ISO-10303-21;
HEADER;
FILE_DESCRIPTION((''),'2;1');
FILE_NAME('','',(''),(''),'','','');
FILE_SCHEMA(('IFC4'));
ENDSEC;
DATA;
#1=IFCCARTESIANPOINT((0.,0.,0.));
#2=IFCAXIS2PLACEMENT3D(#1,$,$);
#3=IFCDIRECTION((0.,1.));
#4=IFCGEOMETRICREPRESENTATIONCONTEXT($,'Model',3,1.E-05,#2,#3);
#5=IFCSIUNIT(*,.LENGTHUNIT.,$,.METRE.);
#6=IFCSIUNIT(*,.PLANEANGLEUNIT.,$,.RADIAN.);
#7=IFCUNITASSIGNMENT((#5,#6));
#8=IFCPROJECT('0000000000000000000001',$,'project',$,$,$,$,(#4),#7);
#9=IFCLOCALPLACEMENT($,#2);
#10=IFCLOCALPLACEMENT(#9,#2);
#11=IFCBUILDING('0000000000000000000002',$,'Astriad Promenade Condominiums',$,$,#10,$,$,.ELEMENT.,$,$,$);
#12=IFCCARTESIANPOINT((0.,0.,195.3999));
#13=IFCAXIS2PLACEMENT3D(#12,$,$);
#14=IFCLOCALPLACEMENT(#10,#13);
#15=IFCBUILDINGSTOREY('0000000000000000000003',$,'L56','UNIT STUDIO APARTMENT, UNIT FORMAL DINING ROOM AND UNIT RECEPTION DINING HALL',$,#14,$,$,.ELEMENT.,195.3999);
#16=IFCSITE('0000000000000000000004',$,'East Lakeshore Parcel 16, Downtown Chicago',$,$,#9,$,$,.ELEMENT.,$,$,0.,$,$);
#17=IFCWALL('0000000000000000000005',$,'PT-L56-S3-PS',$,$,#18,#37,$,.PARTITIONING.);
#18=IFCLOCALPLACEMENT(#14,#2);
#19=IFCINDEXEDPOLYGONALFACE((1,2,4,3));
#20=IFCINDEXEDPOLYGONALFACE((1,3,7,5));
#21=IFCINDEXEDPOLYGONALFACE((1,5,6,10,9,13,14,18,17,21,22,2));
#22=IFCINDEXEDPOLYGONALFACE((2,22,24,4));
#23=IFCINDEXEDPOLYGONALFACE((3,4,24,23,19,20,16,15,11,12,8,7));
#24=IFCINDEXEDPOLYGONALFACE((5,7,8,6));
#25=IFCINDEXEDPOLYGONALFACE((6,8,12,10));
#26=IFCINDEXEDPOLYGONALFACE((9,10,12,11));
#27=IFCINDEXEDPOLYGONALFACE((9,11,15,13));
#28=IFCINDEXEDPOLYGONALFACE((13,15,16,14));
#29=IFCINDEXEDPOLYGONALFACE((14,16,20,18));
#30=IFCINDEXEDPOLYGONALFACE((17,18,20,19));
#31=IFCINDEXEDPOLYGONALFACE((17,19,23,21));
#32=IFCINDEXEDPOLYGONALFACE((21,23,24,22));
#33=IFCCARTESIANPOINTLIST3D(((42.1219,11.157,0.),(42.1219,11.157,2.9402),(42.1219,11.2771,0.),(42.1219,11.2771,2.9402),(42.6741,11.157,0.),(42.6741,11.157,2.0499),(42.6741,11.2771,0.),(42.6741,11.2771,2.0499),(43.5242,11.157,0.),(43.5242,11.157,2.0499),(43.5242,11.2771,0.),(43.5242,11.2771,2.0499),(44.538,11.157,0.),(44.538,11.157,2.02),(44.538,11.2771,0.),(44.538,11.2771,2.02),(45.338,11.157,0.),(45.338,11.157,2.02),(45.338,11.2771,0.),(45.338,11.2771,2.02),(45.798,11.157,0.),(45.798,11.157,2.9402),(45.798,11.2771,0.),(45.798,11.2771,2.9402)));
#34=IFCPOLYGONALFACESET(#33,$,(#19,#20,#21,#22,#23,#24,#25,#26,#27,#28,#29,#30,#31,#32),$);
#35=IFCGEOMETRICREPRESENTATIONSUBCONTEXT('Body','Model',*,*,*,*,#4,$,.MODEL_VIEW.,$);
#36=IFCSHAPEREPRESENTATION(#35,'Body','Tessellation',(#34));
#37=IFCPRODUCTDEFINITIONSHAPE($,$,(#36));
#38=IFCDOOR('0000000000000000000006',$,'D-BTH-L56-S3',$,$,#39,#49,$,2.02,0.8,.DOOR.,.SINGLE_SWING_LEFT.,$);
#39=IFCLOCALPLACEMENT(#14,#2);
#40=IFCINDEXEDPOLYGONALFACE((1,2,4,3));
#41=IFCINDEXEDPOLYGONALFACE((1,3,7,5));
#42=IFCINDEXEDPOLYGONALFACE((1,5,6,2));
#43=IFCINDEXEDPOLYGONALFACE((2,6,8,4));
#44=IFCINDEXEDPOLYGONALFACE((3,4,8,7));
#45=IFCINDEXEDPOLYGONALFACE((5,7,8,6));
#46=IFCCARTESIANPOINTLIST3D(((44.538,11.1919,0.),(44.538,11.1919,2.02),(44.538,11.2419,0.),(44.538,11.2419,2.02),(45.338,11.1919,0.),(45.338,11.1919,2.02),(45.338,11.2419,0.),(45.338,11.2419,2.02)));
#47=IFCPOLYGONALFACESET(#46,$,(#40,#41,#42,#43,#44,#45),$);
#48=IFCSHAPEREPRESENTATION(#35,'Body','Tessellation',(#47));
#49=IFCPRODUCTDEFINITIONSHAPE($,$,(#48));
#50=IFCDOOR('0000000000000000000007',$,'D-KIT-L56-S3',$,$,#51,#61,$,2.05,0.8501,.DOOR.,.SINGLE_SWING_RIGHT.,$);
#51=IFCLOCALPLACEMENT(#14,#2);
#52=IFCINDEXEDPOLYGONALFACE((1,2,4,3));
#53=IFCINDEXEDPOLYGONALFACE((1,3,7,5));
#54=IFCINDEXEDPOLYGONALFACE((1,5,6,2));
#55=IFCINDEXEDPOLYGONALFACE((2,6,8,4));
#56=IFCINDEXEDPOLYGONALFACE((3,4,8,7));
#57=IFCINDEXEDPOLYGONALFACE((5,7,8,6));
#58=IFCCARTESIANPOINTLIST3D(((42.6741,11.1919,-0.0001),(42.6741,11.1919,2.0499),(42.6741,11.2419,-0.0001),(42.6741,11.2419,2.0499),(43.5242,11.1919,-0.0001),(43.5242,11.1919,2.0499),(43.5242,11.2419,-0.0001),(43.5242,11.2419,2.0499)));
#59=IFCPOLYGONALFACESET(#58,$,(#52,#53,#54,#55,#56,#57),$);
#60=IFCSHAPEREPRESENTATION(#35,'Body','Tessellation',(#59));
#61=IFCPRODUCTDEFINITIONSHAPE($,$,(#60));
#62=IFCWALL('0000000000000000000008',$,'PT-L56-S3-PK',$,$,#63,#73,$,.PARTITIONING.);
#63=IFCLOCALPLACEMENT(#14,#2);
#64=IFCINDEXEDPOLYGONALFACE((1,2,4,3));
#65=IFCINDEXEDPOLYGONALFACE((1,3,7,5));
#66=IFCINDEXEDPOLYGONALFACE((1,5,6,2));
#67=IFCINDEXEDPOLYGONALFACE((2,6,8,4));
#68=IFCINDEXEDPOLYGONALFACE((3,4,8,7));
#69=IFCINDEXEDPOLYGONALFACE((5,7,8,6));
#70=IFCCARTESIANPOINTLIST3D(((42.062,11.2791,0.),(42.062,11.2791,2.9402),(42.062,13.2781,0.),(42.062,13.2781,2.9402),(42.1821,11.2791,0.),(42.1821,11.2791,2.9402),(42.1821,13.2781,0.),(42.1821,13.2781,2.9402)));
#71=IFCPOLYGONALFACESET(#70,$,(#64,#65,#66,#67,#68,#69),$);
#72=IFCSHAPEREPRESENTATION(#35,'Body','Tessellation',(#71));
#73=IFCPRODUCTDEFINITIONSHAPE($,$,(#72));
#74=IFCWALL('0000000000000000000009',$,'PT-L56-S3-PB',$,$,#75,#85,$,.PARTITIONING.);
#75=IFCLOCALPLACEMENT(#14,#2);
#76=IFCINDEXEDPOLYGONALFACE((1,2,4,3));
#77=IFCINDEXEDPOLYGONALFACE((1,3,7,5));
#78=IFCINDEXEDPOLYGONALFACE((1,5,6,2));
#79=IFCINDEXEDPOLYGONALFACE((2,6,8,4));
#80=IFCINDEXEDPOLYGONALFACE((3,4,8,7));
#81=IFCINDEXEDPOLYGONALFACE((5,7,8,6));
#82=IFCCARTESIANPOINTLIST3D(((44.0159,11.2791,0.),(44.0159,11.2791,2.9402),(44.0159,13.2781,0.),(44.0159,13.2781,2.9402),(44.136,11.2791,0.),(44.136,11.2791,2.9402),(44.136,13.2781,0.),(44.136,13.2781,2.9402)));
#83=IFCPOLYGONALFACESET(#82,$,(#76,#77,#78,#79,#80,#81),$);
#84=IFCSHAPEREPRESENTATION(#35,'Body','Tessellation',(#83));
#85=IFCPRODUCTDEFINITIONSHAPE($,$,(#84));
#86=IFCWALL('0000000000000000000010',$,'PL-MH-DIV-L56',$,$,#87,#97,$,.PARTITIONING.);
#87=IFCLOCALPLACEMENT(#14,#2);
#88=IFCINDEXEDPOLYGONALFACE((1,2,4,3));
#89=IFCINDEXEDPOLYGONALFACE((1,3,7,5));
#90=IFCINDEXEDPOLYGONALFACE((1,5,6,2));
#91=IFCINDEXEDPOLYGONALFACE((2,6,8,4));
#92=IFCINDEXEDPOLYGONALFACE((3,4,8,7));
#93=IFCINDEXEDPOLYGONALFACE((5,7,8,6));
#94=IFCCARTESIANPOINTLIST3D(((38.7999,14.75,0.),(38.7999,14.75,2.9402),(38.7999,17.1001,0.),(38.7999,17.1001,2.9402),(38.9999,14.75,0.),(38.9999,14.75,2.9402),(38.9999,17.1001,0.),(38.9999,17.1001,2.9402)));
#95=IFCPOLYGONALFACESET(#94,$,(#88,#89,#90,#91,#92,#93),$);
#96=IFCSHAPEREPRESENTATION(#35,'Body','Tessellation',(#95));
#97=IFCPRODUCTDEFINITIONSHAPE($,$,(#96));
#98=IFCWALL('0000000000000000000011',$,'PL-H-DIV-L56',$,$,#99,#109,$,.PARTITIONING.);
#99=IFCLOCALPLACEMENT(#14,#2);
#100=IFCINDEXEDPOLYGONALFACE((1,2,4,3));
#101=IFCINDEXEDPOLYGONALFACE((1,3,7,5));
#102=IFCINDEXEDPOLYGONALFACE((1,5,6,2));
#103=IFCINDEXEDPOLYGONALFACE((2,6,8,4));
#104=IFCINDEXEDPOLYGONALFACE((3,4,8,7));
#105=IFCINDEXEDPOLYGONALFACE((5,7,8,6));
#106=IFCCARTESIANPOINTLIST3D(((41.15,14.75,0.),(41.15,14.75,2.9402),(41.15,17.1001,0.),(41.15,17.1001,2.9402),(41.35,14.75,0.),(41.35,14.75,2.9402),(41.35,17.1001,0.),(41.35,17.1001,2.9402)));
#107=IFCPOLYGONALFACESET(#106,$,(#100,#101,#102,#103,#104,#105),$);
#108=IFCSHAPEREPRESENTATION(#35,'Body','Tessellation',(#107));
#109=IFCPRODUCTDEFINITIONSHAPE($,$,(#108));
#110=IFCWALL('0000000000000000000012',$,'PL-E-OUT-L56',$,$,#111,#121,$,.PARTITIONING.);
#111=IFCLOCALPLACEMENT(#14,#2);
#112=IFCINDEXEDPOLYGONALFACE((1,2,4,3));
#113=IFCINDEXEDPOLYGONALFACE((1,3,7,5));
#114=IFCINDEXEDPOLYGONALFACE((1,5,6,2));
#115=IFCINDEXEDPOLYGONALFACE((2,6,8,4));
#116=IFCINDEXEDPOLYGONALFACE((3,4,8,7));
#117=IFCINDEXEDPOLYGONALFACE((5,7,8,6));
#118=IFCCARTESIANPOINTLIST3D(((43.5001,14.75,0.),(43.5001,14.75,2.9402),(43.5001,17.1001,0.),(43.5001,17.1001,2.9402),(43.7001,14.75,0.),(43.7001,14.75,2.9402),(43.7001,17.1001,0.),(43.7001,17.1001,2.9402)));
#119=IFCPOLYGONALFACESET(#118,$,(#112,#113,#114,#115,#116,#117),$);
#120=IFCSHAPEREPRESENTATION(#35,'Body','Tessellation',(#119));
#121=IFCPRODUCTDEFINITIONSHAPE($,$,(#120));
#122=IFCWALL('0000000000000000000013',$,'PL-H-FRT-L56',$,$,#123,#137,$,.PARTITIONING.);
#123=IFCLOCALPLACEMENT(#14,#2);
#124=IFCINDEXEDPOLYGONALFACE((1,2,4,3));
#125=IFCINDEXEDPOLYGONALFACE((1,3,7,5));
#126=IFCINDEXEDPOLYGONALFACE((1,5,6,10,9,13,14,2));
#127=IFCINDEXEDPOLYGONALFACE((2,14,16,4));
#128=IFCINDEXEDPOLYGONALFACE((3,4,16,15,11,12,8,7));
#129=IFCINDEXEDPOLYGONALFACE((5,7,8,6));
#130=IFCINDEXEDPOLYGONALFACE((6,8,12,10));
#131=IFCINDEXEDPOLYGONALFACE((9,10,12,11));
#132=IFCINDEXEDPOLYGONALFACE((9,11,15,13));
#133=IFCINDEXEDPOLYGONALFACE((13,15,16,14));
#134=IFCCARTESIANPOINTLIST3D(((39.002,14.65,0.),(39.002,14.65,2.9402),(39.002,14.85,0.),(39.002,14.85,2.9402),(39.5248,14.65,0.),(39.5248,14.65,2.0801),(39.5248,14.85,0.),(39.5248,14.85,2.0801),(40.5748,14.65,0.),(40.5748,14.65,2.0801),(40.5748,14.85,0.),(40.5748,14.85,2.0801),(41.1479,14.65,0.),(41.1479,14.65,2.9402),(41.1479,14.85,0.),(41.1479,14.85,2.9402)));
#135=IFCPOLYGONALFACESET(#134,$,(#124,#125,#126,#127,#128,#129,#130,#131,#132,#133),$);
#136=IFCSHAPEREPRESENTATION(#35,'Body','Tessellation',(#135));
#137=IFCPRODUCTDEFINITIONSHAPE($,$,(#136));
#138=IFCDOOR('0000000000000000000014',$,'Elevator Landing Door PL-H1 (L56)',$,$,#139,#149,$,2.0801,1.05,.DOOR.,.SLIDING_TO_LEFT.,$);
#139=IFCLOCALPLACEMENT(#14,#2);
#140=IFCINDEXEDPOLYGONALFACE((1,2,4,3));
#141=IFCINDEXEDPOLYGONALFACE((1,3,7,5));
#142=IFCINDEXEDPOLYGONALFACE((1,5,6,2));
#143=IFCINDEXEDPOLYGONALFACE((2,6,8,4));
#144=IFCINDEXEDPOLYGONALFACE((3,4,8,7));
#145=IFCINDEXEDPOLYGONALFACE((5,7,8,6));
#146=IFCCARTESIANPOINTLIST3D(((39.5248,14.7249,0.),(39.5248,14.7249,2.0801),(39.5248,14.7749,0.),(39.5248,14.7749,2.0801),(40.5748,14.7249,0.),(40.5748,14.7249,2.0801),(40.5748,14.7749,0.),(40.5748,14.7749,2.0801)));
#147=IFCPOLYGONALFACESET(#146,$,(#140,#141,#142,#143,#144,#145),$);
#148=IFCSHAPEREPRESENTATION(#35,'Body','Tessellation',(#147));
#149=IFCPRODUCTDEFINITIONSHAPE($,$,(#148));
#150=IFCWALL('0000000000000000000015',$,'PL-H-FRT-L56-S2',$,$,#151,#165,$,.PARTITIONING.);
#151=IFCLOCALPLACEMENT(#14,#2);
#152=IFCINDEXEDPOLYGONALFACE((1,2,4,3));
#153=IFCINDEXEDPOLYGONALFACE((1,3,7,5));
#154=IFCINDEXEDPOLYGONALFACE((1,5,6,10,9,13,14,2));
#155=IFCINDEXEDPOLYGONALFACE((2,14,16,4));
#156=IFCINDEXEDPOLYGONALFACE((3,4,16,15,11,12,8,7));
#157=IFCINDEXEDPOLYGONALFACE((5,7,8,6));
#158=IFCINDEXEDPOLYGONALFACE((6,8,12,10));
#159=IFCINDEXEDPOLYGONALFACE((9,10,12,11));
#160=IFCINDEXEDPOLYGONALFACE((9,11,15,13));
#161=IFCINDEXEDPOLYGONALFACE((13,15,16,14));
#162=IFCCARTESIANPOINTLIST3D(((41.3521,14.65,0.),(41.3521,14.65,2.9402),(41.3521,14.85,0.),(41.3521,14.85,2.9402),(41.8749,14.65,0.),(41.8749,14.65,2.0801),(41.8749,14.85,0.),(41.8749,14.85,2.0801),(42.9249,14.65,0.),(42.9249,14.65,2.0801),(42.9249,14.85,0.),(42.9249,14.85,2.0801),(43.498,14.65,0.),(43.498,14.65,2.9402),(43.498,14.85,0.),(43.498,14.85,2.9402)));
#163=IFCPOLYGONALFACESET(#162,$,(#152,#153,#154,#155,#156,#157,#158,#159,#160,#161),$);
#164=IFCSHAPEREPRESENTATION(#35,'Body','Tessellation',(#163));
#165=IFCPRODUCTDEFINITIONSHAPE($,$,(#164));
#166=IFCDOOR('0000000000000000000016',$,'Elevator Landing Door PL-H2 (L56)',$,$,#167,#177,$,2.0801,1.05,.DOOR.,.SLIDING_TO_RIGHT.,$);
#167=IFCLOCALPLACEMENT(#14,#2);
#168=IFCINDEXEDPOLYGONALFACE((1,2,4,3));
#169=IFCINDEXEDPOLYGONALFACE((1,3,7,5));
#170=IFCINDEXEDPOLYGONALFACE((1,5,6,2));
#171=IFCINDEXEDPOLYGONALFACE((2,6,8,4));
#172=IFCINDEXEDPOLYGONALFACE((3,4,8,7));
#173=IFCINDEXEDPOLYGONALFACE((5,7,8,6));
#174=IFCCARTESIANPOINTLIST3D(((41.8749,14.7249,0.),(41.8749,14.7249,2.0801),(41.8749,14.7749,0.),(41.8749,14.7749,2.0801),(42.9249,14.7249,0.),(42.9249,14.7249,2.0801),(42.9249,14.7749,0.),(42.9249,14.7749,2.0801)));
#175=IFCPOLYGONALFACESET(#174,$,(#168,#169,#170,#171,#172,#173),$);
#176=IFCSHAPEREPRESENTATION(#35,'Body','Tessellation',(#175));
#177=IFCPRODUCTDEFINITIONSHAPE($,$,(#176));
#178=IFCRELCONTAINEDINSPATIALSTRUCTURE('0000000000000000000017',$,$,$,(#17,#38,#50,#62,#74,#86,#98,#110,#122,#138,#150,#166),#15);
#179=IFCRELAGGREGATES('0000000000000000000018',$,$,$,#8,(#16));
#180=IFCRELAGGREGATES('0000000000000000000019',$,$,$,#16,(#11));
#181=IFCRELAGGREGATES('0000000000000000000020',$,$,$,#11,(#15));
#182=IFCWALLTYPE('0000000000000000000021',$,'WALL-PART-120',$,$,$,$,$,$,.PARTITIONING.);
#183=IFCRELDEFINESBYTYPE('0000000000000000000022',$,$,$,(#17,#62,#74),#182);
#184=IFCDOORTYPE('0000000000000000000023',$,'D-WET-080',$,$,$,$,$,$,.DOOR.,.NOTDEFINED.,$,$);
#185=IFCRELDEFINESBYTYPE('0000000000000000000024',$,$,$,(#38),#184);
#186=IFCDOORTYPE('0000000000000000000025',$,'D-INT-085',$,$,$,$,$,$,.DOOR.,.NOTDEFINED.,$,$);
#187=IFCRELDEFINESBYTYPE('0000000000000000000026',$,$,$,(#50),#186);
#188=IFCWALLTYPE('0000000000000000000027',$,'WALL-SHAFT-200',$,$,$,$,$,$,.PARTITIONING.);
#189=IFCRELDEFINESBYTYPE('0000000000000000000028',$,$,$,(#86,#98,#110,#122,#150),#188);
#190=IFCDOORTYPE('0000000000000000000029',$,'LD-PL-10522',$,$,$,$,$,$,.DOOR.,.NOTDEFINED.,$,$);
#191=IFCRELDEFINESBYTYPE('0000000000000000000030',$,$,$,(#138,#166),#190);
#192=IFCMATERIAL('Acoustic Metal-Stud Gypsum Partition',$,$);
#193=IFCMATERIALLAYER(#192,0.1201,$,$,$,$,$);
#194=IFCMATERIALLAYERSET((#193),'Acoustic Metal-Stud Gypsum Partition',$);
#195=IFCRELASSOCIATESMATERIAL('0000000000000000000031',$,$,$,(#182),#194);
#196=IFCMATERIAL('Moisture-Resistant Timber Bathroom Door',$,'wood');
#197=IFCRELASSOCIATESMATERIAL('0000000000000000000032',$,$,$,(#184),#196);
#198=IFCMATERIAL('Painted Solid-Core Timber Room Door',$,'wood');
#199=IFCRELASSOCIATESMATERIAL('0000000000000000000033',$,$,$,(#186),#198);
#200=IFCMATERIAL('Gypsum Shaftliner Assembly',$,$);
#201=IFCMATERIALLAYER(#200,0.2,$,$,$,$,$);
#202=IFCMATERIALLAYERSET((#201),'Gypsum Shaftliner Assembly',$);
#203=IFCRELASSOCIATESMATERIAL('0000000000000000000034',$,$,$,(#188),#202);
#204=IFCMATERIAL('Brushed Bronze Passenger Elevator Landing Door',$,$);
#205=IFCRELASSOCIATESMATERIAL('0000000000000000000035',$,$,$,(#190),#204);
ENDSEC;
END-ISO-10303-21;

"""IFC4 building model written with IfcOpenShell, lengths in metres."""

from ifc_helpers import new_model, si_unit, direction, frame, frame_2d, origin, place, context, subcontext, project, spatial, rectangle, extrude, source, transform, mapped, material, layer, layer_set, type_object, type_shapes, element, fill, save


model = new_model("IFC4")

# Units and contexts
model_context = context("Model", 3, precision=1e-05, world=origin(), true_north=direction((0.0, 1.0)))
body_context = subcontext(model_context, "Body", "Model", "MODEL_VIEW")
ifc_project = project(units=[si_unit("LENGTHUNIT", "METRE"), si_unit("PLANEANGLEUNIT", "RADIAN")], contexts=[model_context])

# Site, building, storey
site_placement = place(None, origin())
site = spatial("IfcSite", under=ifc_project, at=site_placement, Name="East Lakeshore Parcel 16, Downtown Chicago", CompositionType="ELEMENT", RefElevation=0.0)
building_placement = place(site_placement, origin())
building = spatial("IfcBuilding", under=site, at=building_placement, Name="Astriad Promenade Condominiums", CompositionType="ELEMENT")
storey_placement = place(building_placement, frame((0.0, 0.0, 195.3999)))
storey = spatial("IfcBuildingStorey", under=building, at=storey_placement, Name="L56", Description="UNIT STUDIO APARTMENT, UNIT FORMAL DINING ROOM AND UNIT RECEPTION DINING HALL", CompositionType="ELEMENT", Elevation=195.3999)

# Shared definitions
ifc_material_1 = material(Name="Acoustic Metal-Stud Gypsum Partition")
ifc_layer_1 = layer(ifc_material_1, 0.1201)
ifc_layer_set_1 = layer_set([ifc_layer_1], Name="Acoustic Metal-Stud Gypsum Partition")
wall_type_1 = type_object("IfcWallType", Name="WALL-PART-120", PredefinedType="PARTITIONING", material=ifc_layer_set_1)

# Wall, openings, doors
wall_1_placement = place(storey_placement, frame((42.1221, 11.217, 0.0), z_axis=(0.0, 0.0, 1.0), x_axis=(1.0, 0.0, 0.0)))
wall_1 = element("IfcWall", 1, at=wall_1_placement, inside=storey, type_object=wall_type_1, Name="PT-L56-S3-PS", PredefinedType="PARTITIONING", context=body_context, shape_type="SweptSolid", body=[
    extrude(rectangle(XDim=3.676, YDim=0.1201, at=frame_2d((1.8379, 0.0))), origin(), (0.0, 0.0, 1.0), 2.9402),
])
opening_1_placement = place(wall_1_placement, frame((0.552, 0.0, 0.0)))
opening_1 = element("IfcOpeningElement", 2, at=opening_1_placement, cuts=wall_1, PredefinedType="OPENING", context=body_context, shape_type="SweptSolid", body=[
    extrude(rectangle(XDim=0.8501, YDim=2.05, at=frame_2d((0.425, 1.0249))), frame((0.0, 0.0701, 0.0), z_axis=(0.0, -1.0, 0.0), x_axis=(1.0, 0.0, 0.0)), (0.0, 0.0, 1.0), 0.1401),
])
opening_2_placement = place(wall_1_placement, frame((2.416, 0.0, 0.0)))
opening_2 = element("IfcOpeningElement", 3, at=opening_2_placement, cuts=wall_1, PredefinedType="OPENING", context=body_context, shape_type="SweptSolid", body=[
    extrude(rectangle(XDim=0.8, YDim=2.02, at=frame_2d((0.3999, 1.01))), frame((0.0, 0.0701, 0.0), z_axis=(0.0, -1.0, 0.0), x_axis=(1.0, 0.0, 0.0)), (0.0, 0.0, 1.0), 0.1401),
])
ifc_material_2 = material(Name="Moisture-Resistant Timber Bathroom Door", Category="wood")
door_type_1 = type_object("IfcDoorType", Name="D-WET-080", OperationType="NOTDEFINED", PredefinedType="DOOR", material=ifc_material_2)
shared_shape_1 = source(origin(), body_context, "Body", "SweptSolid", [
    extrude(rectangle(XDim=0.8, YDim=2.02, at=frame_2d((0.3999, 1.01))), frame((0.0, 0.0249, 0.0), z_axis=(0.0, -1.0, 0.0), x_axis=(1.0, 0.0, 0.0)), (0.0, 0.0, 1.0), 0.05),
])
type_shapes(door_type_1, [shared_shape_1])
door_1_placement = place(opening_2_placement, origin())
door_1 = element("IfcDoor", 4, at=door_1_placement, inside=storey, type_object=door_type_1, Name="D-BTH-L56-S3", OperationType="SINGLE_SWING_LEFT", OverallHeight=2.02, OverallWidth=0.8, PredefinedType="DOOR", context=body_context, shape_type="MappedRepresentation", body=[
    mapped(shared_shape_1, transform((0.0, 0.0, 0.0), scale=1.0)),
])
fill(opening_2, door_1)
ifc_material_3 = material(Name="Painted Solid-Core Timber Room Door", Category="wood")
door_type_2 = type_object("IfcDoorType", Name="D-INT-085", OperationType="NOTDEFINED", PredefinedType="DOOR", material=ifc_material_3)
shared_shape_2 = source(origin(), body_context, "Body", "SweptSolid", [
    extrude(rectangle(XDim=0.8501, YDim=2.05, at=frame_2d((0.425, 1.0249))), frame((0.0, 0.0249, 0.0), z_axis=(0.0, -1.0, 0.0), x_axis=(1.0, 0.0, 0.0)), (0.0, 0.0, 1.0), 0.05),
])
type_shapes(door_type_2, [shared_shape_2])
door_2_placement = place(opening_1_placement, origin())
door_2 = element("IfcDoor", 5, at=door_2_placement, inside=storey, type_object=door_type_2, Name="D-KIT-L56-S3", OperationType="SINGLE_SWING_RIGHT", OverallHeight=2.05, OverallWidth=0.8501, PredefinedType="DOOR", context=body_context, shape_type="MappedRepresentation", body=[
    mapped(shared_shape_2, transform((0.0, 0.0, 0.0), scale=1.0)),
])
fill(opening_1, door_2)

# Walls
for number, where, z_axis, x_axis, name in (
    (6, (42.1221, 11.2791, 0.0), (0.0, 0.0, 1.0), (0.0, 1.0, 0.0), "PT-L56-S3-PK"),
    (7, (44.0759, 11.2791, 0.0), (0.0, 0.0, 1.0), (0.0, 1.0, 0.0), "PT-L56-S3-PB"),
):
    element("IfcWall", number, at=place(storey_placement, frame(where, z_axis=z_axis, x_axis=x_axis)), inside=storey, type_object=wall_type_1, Name=name, PredefinedType="PARTITIONING", context=body_context, shape_type="SweptSolid", body=[
        extrude(rectangle(XDim=1.999, YDim=0.1201, at=frame_2d((0.9995, 0.0))), origin(), (0.0, 0.0, 1.0), 2.9402),
    ])
ifc_material_4 = material(Name="Gypsum Shaftliner Assembly")
ifc_layer_2 = layer(ifc_material_4, 0.2)
ifc_layer_set_2 = layer_set([ifc_layer_2], Name="Gypsum Shaftliner Assembly")
wall_type_2 = type_object("IfcWallType", Name="WALL-SHAFT-200", PredefinedType="PARTITIONING", material=ifc_layer_set_2)
for number, where, z_axis, x_axis, name in (
    (8, (38.8999, 14.75, 0.0), (0.0, 0.0, 1.0), (0.0, 1.0, 0.0), "PL-MH-DIV-L56"),
    (9, (41.25, 14.75, 0.0), (0.0, 0.0, 1.0), (0.0, 1.0, 0.0), "PL-H-DIV-L56"),
    (10, (43.6001, 14.75, 0.0), (0.0, 0.0, 1.0), (0.0, 1.0, 0.0), "PL-E-OUT-L56"),
):
    element("IfcWall", number, at=place(storey_placement, frame(where, z_axis=z_axis, x_axis=x_axis)), inside=storey, type_object=wall_type_2, Name=name, PredefinedType="PARTITIONING", context=body_context, shape_type="SweptSolid", body=[
        extrude(rectangle(XDim=2.3501, YDim=0.2, at=frame_2d((1.175, 0.0))), origin(), (0.0, 0.0, 1.0), 2.9402),
    ])

# Walls, openings, doors
wall_2_placement = place(storey_placement, frame((39.002, 14.75, 0.0), z_axis=(0.0, 0.0, 1.0), x_axis=(1.0, 0.0, 0.0)))
wall_2 = element("IfcWall", 11, at=wall_2_placement, inside=storey, type_object=wall_type_2, Name="PL-H-FRT-L56", PredefinedType="PARTITIONING", context=body_context, shape_type="SweptSolid", body=[
    extrude(rectangle(XDim=2.146, YDim=0.2, at=frame_2d((1.073, 0.0))), origin(), (0.0, 0.0, 1.0), 2.9402),
])
opening_3_placement = place(wall_2_placement, frame((0.5229, 0.0, 0.0)))
opening_3 = element("IfcOpeningElement", 12, at=opening_3_placement, cuts=wall_2, PredefinedType="OPENING", context=body_context, shape_type="SweptSolid", body=[
    extrude(rectangle(XDim=1.05, YDim=2.0801, at=frame_2d((0.5249, 1.04))), frame((0.0, 0.1099, 0.0), z_axis=(0.0, -1.0, 0.0), x_axis=(1.0, 0.0, 0.0)), (0.0, 0.0, 1.0), 0.22),
])
ifc_material_5 = material(Name="Brushed Bronze Passenger Elevator Landing Door")
door_type_3 = type_object("IfcDoorType", Name="LD-PL-10522", OperationType="NOTDEFINED", PredefinedType="DOOR", material=ifc_material_5)
shared_shape_3 = source(origin(), body_context, "Body", "SweptSolid", [
    extrude(rectangle(XDim=1.05, YDim=2.0801, at=frame_2d((0.5249, 1.04))), frame((0.0, 0.0249, 0.0), z_axis=(0.0, -1.0, 0.0), x_axis=(1.0, 0.0, 0.0)), (0.0, 0.0, 1.0), 0.05),
])
type_shapes(door_type_3, [shared_shape_3])
door_3_placement = place(opening_3_placement, origin())
door_3 = element("IfcDoor", 13, at=door_3_placement, inside=storey, type_object=door_type_3, Name="Elevator Landing Door PL-H1 (L56)", OperationType="SLIDING_TO_LEFT", OverallHeight=2.0801, OverallWidth=1.05, PredefinedType="DOOR", context=body_context, shape_type="MappedRepresentation", body=[
    mapped(shared_shape_3, transform((0.0, 0.0, 0.0), scale=1.0)),
])
fill(opening_3, door_3)
wall_3_placement = place(storey_placement, frame((41.3521, 14.75, 0.0), z_axis=(0.0, 0.0, 1.0), x_axis=(1.0, 0.0, 0.0)))
wall_3 = element("IfcWall", 14, at=wall_3_placement, inside=storey, type_object=wall_type_2, Name="PL-H-FRT-L56-S2", PredefinedType="PARTITIONING", context=body_context, shape_type="SweptSolid", body=[
    extrude(rectangle(XDim=2.146, YDim=0.2, at=frame_2d((1.073, 0.0))), origin(), (0.0, 0.0, 1.0), 2.9402),
])
opening_4_placement = place(wall_3_placement, frame((0.5229, 0.0, 0.0)))
opening_4 = element("IfcOpeningElement", 15, at=opening_4_placement, cuts=wall_3, PredefinedType="OPENING", context=body_context, shape_type="SweptSolid", body=[
    extrude(rectangle(XDim=1.05, YDim=2.0801, at=frame_2d((0.5249, 1.04))), frame((0.0, 0.1099, 0.0), z_axis=(0.0, -1.0, 0.0), x_axis=(1.0, 0.0, 0.0)), (0.0, 0.0, 1.0), 0.22),
])
door_4_placement = place(opening_4_placement, origin())
door_4 = element("IfcDoor", 16, at=door_4_placement, inside=storey, type_object=door_type_3, Name="Elevator Landing Door PL-H2 (L56)", OperationType="SLIDING_TO_RIGHT", OverallHeight=2.0801, OverallWidth=1.05, PredefinedType="DOOR", context=body_context, shape_type="MappedRepresentation", body=[
    mapped(shared_shape_3, transform((0.0, 0.0, 0.0), scale=1.0)),
])
fill(opening_4, door_4)

save(model, "model.ifc")
